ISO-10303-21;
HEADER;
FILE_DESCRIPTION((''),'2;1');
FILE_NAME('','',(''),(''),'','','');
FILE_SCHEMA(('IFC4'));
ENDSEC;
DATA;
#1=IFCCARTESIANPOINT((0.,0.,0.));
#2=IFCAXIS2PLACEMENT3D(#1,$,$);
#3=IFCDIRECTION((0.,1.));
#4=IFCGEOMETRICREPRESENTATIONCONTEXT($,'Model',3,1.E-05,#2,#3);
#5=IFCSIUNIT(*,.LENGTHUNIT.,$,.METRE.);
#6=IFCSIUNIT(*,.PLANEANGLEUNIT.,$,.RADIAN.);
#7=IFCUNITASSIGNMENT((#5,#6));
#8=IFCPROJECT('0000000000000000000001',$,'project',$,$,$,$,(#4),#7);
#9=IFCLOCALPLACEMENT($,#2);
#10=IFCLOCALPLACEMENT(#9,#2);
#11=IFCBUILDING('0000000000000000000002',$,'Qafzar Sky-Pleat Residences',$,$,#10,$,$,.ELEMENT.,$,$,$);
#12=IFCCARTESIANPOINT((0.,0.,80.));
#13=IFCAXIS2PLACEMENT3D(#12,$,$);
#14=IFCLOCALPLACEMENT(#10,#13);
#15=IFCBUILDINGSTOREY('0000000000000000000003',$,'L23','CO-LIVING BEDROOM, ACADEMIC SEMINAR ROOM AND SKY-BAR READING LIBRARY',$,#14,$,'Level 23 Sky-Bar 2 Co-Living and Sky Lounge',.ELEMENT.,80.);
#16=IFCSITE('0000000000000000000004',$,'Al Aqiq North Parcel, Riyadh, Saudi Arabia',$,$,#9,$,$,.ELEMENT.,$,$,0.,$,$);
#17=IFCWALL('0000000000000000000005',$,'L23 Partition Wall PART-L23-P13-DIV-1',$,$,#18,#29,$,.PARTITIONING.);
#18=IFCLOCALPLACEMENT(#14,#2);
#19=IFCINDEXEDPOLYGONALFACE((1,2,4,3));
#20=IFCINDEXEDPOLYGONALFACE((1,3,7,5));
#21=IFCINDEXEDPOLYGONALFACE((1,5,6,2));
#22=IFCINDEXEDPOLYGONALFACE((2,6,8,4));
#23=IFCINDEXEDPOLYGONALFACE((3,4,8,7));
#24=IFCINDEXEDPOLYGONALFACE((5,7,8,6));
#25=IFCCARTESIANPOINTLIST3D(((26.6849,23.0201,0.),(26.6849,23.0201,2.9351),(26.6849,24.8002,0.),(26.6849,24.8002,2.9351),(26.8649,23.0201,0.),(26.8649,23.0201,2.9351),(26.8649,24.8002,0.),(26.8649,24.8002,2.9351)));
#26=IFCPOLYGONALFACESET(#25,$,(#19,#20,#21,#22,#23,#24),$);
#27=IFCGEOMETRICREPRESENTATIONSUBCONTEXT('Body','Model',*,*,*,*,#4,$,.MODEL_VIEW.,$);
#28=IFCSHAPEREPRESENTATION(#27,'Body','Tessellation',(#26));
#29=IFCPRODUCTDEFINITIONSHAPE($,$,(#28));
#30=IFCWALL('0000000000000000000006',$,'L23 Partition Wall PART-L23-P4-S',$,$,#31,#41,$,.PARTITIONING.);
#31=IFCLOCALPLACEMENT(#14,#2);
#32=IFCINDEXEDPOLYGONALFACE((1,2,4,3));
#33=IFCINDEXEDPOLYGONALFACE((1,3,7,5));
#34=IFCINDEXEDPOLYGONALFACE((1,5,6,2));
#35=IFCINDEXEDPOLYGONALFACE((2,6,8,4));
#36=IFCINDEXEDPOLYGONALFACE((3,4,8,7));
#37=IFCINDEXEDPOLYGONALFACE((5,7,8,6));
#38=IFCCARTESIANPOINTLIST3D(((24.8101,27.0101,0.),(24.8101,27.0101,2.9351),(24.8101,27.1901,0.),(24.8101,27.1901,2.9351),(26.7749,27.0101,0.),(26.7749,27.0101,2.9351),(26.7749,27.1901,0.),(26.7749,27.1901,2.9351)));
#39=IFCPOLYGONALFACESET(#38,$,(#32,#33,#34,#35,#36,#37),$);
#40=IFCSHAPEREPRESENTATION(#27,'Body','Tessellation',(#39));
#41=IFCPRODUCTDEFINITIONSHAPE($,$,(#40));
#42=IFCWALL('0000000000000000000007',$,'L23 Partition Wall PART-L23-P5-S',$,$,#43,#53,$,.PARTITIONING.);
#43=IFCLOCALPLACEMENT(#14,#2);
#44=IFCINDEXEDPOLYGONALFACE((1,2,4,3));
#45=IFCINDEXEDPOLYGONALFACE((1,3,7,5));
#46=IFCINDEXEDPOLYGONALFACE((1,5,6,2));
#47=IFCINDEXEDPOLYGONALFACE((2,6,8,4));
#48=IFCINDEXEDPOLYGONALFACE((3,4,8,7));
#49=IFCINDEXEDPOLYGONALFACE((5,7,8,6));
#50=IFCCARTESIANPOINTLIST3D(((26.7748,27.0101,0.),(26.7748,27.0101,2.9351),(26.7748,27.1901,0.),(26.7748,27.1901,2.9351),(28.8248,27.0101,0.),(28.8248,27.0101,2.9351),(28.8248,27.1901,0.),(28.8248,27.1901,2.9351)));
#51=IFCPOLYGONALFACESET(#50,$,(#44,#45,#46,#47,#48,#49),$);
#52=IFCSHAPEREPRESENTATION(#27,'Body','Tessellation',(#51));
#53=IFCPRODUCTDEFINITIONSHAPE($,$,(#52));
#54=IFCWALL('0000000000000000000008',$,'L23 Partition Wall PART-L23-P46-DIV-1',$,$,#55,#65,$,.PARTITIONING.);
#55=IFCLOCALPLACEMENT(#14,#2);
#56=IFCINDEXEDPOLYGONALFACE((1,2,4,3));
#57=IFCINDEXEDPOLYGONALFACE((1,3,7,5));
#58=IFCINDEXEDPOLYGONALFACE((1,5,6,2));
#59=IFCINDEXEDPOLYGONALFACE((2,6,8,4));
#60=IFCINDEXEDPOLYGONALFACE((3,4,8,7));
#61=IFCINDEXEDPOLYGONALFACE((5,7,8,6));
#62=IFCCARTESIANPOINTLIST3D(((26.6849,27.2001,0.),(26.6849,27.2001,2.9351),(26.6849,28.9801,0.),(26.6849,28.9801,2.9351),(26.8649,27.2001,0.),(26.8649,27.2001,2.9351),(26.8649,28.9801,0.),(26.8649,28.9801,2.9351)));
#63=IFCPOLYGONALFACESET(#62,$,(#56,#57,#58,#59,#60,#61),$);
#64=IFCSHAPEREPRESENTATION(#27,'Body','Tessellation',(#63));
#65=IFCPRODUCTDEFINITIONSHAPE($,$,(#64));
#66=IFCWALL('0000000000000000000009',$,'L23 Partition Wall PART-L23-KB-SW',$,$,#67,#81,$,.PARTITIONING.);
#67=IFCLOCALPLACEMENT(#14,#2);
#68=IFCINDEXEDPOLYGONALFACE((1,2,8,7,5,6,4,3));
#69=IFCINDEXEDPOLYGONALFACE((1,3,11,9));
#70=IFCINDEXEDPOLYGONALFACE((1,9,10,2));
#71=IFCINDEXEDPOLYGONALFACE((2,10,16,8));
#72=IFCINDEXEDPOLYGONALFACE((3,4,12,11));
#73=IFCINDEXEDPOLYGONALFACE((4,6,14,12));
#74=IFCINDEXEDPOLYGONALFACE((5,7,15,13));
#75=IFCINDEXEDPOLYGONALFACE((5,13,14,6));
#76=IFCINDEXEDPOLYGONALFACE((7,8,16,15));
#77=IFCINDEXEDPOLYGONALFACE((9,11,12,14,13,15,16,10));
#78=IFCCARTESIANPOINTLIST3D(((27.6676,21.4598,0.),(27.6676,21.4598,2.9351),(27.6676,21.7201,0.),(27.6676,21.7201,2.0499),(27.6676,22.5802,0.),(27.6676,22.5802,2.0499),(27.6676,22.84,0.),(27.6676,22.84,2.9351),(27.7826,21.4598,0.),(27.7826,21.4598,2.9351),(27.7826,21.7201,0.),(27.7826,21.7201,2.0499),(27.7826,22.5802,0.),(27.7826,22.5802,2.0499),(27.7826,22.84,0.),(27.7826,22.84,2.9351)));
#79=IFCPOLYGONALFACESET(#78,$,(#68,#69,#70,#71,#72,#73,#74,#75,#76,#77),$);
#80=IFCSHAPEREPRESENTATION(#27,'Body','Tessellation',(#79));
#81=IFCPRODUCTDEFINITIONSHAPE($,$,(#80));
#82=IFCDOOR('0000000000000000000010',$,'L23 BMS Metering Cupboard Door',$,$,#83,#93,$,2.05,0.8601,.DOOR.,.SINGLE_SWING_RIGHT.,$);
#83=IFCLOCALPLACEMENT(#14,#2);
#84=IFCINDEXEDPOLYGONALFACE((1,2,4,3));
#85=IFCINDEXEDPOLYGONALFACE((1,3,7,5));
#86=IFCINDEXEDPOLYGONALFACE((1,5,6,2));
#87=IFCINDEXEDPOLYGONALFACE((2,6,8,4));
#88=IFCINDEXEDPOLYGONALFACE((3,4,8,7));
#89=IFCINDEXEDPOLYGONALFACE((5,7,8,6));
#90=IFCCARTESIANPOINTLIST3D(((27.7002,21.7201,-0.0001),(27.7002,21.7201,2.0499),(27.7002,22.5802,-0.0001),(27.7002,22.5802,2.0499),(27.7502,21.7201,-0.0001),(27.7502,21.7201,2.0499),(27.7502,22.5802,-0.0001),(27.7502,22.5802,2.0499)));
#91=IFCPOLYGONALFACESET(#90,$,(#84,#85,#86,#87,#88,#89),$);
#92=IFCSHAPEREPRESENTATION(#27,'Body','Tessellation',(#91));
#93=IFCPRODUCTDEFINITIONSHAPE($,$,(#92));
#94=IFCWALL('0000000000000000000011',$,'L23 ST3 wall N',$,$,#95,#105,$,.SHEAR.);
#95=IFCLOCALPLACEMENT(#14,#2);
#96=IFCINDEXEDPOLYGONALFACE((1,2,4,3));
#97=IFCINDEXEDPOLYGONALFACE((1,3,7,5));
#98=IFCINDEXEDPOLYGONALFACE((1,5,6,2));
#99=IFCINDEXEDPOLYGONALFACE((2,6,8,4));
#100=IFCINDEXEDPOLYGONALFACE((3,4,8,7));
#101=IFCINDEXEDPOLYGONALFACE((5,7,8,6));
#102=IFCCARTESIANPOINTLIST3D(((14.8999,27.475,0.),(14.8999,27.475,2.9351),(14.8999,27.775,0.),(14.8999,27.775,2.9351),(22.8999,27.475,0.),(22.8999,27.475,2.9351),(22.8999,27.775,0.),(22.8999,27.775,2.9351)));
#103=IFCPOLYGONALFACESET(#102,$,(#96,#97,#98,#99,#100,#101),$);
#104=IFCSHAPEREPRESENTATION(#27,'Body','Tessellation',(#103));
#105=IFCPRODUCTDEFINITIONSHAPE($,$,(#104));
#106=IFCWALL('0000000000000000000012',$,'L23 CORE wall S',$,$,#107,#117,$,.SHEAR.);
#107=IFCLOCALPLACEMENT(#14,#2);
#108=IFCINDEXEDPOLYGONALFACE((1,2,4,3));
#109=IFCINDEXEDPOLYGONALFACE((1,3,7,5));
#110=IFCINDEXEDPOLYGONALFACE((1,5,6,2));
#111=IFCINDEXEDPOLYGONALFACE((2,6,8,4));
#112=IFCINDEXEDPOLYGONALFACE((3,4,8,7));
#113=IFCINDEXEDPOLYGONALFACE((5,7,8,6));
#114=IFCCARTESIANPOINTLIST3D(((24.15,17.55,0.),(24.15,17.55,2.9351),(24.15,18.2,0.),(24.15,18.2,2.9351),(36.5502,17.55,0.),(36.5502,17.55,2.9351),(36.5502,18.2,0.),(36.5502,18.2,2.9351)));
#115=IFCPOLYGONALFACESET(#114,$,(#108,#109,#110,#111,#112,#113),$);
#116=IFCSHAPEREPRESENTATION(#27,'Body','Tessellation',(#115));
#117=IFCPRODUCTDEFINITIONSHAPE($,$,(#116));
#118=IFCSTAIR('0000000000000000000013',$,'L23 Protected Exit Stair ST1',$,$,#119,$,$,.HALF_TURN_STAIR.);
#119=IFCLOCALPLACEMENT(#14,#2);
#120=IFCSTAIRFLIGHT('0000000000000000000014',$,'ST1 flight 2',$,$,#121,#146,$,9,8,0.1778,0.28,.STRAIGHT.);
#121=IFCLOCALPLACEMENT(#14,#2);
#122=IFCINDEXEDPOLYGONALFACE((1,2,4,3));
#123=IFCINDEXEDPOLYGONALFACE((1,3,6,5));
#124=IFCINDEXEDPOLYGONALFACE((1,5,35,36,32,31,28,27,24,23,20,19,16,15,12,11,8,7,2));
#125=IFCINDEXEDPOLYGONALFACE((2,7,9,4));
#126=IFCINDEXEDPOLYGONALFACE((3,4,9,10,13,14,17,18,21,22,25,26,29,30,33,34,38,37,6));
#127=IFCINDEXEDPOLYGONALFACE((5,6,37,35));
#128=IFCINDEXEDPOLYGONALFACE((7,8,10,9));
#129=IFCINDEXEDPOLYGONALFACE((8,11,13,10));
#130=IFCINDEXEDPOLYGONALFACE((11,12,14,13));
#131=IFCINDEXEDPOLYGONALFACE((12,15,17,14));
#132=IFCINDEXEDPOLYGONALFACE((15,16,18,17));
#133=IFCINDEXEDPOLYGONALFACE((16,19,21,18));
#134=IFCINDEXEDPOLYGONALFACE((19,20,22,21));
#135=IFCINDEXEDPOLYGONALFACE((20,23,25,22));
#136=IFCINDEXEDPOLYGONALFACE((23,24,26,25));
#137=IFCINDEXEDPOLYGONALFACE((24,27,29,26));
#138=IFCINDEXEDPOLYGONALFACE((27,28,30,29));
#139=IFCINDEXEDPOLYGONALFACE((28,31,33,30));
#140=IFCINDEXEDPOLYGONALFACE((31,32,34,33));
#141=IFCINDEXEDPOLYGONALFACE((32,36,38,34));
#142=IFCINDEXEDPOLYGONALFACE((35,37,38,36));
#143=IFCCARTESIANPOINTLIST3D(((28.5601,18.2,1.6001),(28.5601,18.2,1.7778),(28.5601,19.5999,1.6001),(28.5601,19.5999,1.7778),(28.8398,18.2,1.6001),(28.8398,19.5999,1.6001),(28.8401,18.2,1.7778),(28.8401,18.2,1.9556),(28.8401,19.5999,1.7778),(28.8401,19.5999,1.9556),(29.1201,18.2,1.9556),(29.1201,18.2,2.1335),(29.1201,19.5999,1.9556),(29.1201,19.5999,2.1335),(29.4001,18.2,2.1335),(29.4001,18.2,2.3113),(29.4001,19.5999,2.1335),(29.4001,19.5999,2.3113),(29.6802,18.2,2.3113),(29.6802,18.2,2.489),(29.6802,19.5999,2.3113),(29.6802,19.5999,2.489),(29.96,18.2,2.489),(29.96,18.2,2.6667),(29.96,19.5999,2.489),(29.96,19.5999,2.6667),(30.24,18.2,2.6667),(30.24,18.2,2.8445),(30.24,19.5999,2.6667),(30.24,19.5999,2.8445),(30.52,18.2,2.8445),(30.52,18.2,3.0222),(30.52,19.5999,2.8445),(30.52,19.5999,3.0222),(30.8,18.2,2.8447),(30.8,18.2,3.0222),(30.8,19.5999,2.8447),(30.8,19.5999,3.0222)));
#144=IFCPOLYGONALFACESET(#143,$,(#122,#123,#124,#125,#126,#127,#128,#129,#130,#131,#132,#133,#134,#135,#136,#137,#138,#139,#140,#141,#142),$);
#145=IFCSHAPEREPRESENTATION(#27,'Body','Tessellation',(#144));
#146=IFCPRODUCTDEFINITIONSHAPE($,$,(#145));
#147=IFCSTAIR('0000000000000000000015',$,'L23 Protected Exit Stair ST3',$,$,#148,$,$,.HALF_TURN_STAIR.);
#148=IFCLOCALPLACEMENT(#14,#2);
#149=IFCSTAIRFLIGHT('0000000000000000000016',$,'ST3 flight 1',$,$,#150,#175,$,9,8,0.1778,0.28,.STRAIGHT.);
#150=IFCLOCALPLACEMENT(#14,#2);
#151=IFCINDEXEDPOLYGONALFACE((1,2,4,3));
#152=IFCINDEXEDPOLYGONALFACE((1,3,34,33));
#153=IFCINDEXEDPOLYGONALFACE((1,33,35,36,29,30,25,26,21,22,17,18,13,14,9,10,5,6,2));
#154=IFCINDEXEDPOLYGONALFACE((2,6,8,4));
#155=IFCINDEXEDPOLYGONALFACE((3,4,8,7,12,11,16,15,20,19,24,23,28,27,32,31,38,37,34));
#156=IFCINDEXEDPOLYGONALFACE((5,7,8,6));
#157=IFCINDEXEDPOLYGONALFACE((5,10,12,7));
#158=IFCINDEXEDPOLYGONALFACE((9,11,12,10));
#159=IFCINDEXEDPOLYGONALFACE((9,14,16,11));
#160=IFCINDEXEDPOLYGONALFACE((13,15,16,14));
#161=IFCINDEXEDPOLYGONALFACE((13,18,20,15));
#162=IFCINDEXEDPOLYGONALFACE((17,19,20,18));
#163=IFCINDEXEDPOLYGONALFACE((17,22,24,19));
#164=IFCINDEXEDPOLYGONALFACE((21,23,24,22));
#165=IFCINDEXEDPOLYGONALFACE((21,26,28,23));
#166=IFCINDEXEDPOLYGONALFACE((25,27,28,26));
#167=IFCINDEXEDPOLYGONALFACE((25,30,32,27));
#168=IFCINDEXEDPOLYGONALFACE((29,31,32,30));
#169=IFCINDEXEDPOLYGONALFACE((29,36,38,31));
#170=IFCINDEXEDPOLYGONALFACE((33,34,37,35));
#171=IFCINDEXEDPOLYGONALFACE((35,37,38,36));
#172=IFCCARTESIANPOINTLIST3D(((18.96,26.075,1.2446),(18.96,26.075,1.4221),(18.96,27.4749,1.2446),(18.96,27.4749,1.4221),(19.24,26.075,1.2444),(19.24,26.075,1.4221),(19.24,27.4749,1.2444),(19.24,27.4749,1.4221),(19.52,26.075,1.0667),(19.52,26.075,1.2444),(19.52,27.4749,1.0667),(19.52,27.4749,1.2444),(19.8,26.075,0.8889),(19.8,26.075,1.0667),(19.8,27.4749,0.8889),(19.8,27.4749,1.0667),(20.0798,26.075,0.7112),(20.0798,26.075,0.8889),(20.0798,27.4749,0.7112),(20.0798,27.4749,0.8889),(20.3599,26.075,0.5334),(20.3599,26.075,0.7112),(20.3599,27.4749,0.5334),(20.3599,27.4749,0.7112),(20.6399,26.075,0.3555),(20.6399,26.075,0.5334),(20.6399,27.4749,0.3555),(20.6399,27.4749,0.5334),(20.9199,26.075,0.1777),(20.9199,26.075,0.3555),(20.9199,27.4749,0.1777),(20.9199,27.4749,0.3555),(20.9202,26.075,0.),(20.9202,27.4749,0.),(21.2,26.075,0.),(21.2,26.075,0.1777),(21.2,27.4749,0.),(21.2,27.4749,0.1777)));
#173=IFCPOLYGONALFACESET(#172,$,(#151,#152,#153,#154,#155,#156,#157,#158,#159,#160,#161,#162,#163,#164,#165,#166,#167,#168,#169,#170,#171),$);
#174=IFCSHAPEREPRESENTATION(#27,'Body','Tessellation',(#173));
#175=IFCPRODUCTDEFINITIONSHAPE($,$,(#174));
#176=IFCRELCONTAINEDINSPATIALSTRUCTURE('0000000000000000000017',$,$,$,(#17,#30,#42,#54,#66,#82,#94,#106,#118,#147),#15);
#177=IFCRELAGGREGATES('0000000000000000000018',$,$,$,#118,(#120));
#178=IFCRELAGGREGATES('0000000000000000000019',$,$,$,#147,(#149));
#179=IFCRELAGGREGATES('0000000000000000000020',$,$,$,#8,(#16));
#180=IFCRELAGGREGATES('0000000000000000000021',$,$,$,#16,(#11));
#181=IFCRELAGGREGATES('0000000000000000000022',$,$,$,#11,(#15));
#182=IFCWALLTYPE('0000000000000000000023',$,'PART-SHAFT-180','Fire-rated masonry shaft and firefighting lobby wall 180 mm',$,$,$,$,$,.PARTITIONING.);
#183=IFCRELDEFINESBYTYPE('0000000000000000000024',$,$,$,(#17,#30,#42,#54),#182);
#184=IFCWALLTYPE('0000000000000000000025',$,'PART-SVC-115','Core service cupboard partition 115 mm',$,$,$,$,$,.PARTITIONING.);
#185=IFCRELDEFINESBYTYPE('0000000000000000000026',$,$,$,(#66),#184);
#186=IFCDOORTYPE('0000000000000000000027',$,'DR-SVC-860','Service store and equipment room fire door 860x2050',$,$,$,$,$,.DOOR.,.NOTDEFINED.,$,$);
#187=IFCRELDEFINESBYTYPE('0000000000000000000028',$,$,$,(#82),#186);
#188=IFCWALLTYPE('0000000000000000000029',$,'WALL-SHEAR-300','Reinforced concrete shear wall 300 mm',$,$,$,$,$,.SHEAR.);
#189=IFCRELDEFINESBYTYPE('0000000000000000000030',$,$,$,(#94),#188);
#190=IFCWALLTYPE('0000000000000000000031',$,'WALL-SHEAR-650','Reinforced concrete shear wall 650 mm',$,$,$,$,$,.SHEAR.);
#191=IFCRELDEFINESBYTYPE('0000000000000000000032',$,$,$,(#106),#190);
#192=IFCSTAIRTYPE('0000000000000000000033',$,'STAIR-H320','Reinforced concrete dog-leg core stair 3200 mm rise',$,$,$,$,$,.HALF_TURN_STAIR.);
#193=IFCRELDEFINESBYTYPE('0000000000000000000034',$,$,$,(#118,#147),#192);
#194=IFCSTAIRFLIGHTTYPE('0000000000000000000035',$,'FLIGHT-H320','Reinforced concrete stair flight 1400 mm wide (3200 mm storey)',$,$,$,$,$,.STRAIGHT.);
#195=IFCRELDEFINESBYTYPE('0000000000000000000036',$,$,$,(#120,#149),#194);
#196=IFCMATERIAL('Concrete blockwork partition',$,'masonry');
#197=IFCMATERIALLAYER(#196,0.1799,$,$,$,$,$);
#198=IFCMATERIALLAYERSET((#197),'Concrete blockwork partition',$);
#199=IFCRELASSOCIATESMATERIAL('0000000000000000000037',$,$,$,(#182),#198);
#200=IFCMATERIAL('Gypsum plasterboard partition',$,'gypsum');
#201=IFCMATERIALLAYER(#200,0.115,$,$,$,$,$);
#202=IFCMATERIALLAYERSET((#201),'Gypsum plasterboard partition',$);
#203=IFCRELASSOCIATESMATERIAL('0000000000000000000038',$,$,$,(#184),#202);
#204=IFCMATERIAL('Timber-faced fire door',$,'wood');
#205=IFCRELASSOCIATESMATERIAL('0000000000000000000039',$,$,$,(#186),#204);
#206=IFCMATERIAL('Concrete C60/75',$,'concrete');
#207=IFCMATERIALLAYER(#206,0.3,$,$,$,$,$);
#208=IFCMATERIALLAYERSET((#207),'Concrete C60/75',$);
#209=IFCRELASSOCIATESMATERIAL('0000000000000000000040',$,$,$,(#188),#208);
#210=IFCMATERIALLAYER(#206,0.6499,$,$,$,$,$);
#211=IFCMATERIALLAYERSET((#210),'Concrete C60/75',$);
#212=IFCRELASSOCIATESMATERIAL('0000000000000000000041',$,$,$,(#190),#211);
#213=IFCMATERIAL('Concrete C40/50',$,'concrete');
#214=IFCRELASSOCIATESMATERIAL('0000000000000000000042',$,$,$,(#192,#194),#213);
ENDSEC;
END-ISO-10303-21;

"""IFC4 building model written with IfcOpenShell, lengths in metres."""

from ifc_helpers import new_model, si_unit, direction, frame, frame_2d, origin, place, context, subcontext, project, spatial, polyline, rectangle, outline, extrude, source, transform, mapped, material, layer, layer_set, type_object, element, fill, aggregate, save


model = new_model("IFC4")

# Units and contexts
model_context = context("Model", 3, precision=1e-05, world=origin(), true_north=direction((0.0, 1.0)))
body_context = subcontext(model_context, "Body", "Model", "MODEL_VIEW")
ifc_project = project(units=[si_unit("LENGTHUNIT", "METRE"), si_unit("PLANEANGLEUNIT", "RADIAN")], contexts=[model_context])

# Site, building, storey
site_placement = place(None, origin())
site = spatial("IfcSite", under=ifc_project, at=site_placement, Name="Al Aqiq North Parcel, Riyadh, Saudi Arabia", CompositionType="ELEMENT", RefElevation=0.0)
building_placement = place(site_placement, origin())
building = spatial("IfcBuilding", under=site, at=building_placement, Name="Qafzar Sky-Pleat Residences", CompositionType="ELEMENT")
storey_placement = place(building_placement, frame((0.0, 0.0, 80.0)))
storey = spatial("IfcBuildingStorey", under=building, at=storey_placement, Name="L23", Description="CO-LIVING BEDROOM, ACADEMIC SEMINAR ROOM AND SKY-BAR READING LIBRARY", LongName="Level 23 Sky-Bar 2 Co-Living and Sky Lounge", CompositionType="ELEMENT", Elevation=80.0)

# Shared definitions
ifc_material_1 = material(Name="Timber-faced fire door", Category="wood")

# Shared definitions
ifc_material_2 = material(Name="Concrete blockwork partition", Category="masonry")
ifc_layer_1 = layer(ifc_material_2, 0.1799)
ifc_layer_set_1 = layer_set([ifc_layer_1], Name="Concrete blockwork partition")
wall_type_1 = type_object("IfcWallType", Name="PART-SHAFT-180", Description="Fire-rated masonry shaft and firefighting lobby wall 180 mm", PredefinedType="PARTITIONING", material=ifc_layer_set_1)

# Walls
wall_1_placement = place(storey_placement, frame((26.7749, 23.02, 0.0), z_axis=(0.0, 0.0, 1.0), x_axis=(0.0, 1.0, 0.0)))
element("IfcWall", 1, at=wall_1_placement, inside=storey, type_object=wall_type_1, Name="L23 Partition Wall PART-L23-P13-DIV-1", PredefinedType="PARTITIONING", context=body_context, shape_type="SweptSolid", body=[
    extrude(rectangle(XDim=1.78, YDim=0.1799, at=frame_2d((0.8901, 0.0))), origin(), (0.0, 0.0, 1.0), 2.9351),
])
wall_2_placement = place(storey_placement, frame((24.8101, 27.1001, 0.0), z_axis=(0.0, 0.0, 1.0), x_axis=(1.0, 0.0, 0.0)))
element("IfcWall", 2, at=wall_2_placement, inside=storey, type_object=wall_type_1, Name="L23 Partition Wall PART-L23-P4-S", PredefinedType="PARTITIONING", context=body_context, shape_type="SweptSolid", body=[
    extrude(rectangle(XDim=1.9648, YDim=0.1799, at=frame_2d((0.9824, 0.0))), origin(), (0.0, 0.0, 1.0), 2.9351),
])
wall_3_placement = place(storey_placement, frame((26.7749, 27.1001, 0.0), z_axis=(0.0, 0.0, 1.0), x_axis=(1.0, 0.0, 0.0)))
element("IfcWall", 3, at=wall_3_placement, inside=storey, type_object=wall_type_1, Name="L23 Partition Wall PART-L23-P5-S", PredefinedType="PARTITIONING", context=body_context, shape_type="SweptSolid", body=[
    extrude(rectangle(XDim=2.05, YDim=0.1799, at=frame_2d((1.0249, 0.0))), origin(), (0.0, 0.0, 1.0), 2.9351),
])
wall_4_placement = place(storey_placement, frame((26.7749, 27.2, 0.0), z_axis=(0.0, 0.0, 1.0), x_axis=(0.0, 1.0, 0.0)))
element("IfcWall", 4, at=wall_4_placement, inside=storey, type_object=wall_type_1, Name="L23 Partition Wall PART-L23-P46-DIV-1", PredefinedType="PARTITIONING", context=body_context, shape_type="SweptSolid", body=[
    extrude(rectangle(XDim=1.78, YDim=0.1799, at=frame_2d((0.8901, 0.0))), origin(), (0.0, 0.0, 1.0), 2.9351),
])

# Wall, opening, door
ifc_material_3 = material(Name="Gypsum plasterboard partition", Category="gypsum")
ifc_layer_2 = layer(ifc_material_3, 0.115)
ifc_layer_set_2 = layer_set([ifc_layer_2], Name="Gypsum plasterboard partition")
wall_type_2 = type_object("IfcWallType", Name="PART-SVC-115", Description="Core service cupboard partition 115 mm", PredefinedType="PARTITIONING", material=ifc_layer_set_2)
wall_5_placement = place(storey_placement, frame((27.7251, 21.46, 0.0), z_axis=(0.0, 0.0, 1.0), x_axis=(0.0, 1.0, 0.0)))
wall_5 = element("IfcWall", 5, at=wall_5_placement, inside=storey, type_object=wall_type_2, Name="L23 Partition Wall PART-L23-KB-SW", PredefinedType="PARTITIONING", context=body_context, shape_type="SweptSolid", body=[
    extrude(rectangle(XDim=1.3801, YDim=0.115, at=frame_2d((0.6899, 0.0))), origin(), (0.0, 0.0, 1.0), 2.9351),
])
opening_1_placement = place(wall_5_placement, frame((0.26, 0.0, 0.0)))
opening_1 = element("IfcOpeningElement", 6, at=opening_1_placement, cuts=wall_5, PredefinedType="OPENING", context=body_context, shape_type="SweptSolid", body=[
    extrude(rectangle(XDim=0.8601, YDim=2.05, at=frame_2d((0.4302, 1.0249))), frame((0.0, 0.0674, 0.0), z_axis=(0.0, -1.0, 0.0), x_axis=(1.0, 0.0, 0.0)), (0.0, 0.0, 1.0), 0.135),
])
door_type_1 = type_object("IfcDoorType", Name="DR-SVC-860", Description="Service store and equipment room fire door 860x2050", OperationType="NOTDEFINED", PredefinedType="DOOR", material=ifc_material_1)
shared_shape_1 = source(origin(), body_context, "Body", "SweptSolid", [
    extrude(rectangle(XDim=0.8601, YDim=2.05, at=frame_2d((0.4302, 1.0249))), frame((0.0, 0.0249, 0.0), z_axis=(0.0, -1.0, 0.0), x_axis=(1.0, 0.0, 0.0)), (0.0, 0.0, 1.0), 0.05),
])
door_1_placement = place(opening_1_placement, origin())
door_1 = element("IfcDoor", 7, at=door_1_placement, inside=storey, type_object=door_type_1, Name="L23 BMS Metering Cupboard Door", OperationType="SINGLE_SWING_RIGHT", OverallHeight=2.05, OverallWidth=0.8601, PredefinedType="DOOR", context=body_context, shape_type="MappedRepresentation", body=[
    mapped(shared_shape_1, transform((0.0, 0.0, 0.0), x_axis=(1.0, 0.0, 0.0), y_axis=(0.0, 1.0, 0.0), z_axis=(0.0, 0.0, 1.0), scale=1.0)),
])
fill(opening_1, door_1)

# Shared definitions
ifc_material_4 = material(Name="Concrete C60/75", Category="concrete")
ifc_layer_3 = layer(ifc_material_4, 0.3)
ifc_layer_set_3 = layer_set([ifc_layer_3], Name="Concrete C60/75")
wall_type_3 = type_object("IfcWallType", Name="WALL-SHEAR-300", Description="Reinforced concrete shear wall 300 mm", PredefinedType="SHEAR", material=ifc_layer_set_3)

# Wall
wall_6_placement = place(storey_placement, frame((22.8999, 27.625, 0.0), z_axis=(0.0, 0.0, 1.0), x_axis=(-1.0, 0.0, 0.0)))
element("IfcWall", 8, at=wall_6_placement, inside=storey, type_object=wall_type_3, Name="L23 ST3 wall N", PredefinedType="SHEAR", context=body_context, shape_type="SweptSolid", body=[
    extrude(rectangle(XDim=8.0, YDim=0.3, at=frame_2d((4.0, 0.0))), origin(), (0.0, 0.0, 1.0), 2.9351),
])

# Wall
ifc_layer_4 = layer(ifc_material_4, 0.6499)
ifc_layer_set_4 = layer_set([ifc_layer_4], Name="Concrete C60/75")
wall_type_4 = type_object("IfcWallType", Name="WALL-SHEAR-650", Description="Reinforced concrete shear wall 650 mm", PredefinedType="SHEAR", material=ifc_layer_set_4)
wall_7_placement = place(storey_placement, frame((24.1499, 17.875, 0.0), z_axis=(0.0, 0.0, 1.0), x_axis=(1.0, 0.0, 0.0)))
element("IfcWall", 9, at=wall_7_placement, inside=storey, type_object=wall_type_4, Name="L23 CORE wall S", PredefinedType="SHEAR", context=body_context, shape_type="SweptSolid", body=[
    extrude(rectangle(XDim=12.4001, YDim=0.6499, at=frame_2d((6.2002, 0.0))), origin(), (0.0, 0.0, 1.0), 2.9351),
])

# Stairs, stair flights
ifc_material_5 = material(Name="Concrete C40/50", Category="concrete")
stair_type = type_object("IfcStairType", Name="STAIR-H320", Description="Reinforced concrete dog-leg core stair 3200 mm rise", PredefinedType="HALF_TURN_STAIR", material=ifc_material_5)
stair_1_placement = place(storey_placement, origin())
stair_1 = element("IfcStair", 10, at=stair_1_placement, inside=storey, type_object=stair_type, Name="L23 Protected Exit Stair ST1", PredefinedType="HALF_TURN_STAIR")
stair_flight_type = type_object("IfcStairFlightType", Name="FLIGHT-H320", Description="Reinforced concrete stair flight 1400 mm wide (3200 mm storey)", PredefinedType="STRAIGHT", material=ifc_material_5)
shared_shape_2 = source(origin(), body_context, "Body", "SweptSolid", [
    extrude(outline(polyline([(0.0, 0.0), (0.0, 0.1777), (0.28, 0.1777), (0.28, 0.3555), (0.5601, 0.3555), (0.5601, 0.5334), (0.8401, 0.5334), (0.8401, 0.7112), (1.1201, 0.7112), (1.1201, 0.8889), (1.3999, 0.8889), (1.3999, 1.0667), (1.6799, 1.0667), (1.6799, 1.2444), (1.96, 1.2444), (1.96, 1.4221), (2.24, 1.4221), (2.24, 1.6001), (2.24, 1.2446), (0.2798, 0.0), (0.0, 0.0)])), frame((0.0, 0.7, 0.0), z_axis=(0.0, -1.0, 0.0), x_axis=(1.0, 0.0, 0.0)), (0.0, 0.0, 1.0), 1.3999),
])
stair_flight_1_placement = place(storey_placement, frame((28.5601, 18.8999, 1.6001), z_axis=(0.0, 0.0, 1.0), x_axis=(1.0, 0.0, 0.0)))
stair_flight_1 = element("IfcStairFlight", 11, at=stair_flight_1_placement, type_object=stair_flight_type, Name="ST1 flight 2", NumberOfRisers=9, NumberOfTreads=8, PredefinedType="STRAIGHT", RiserHeight=0.1778, TreadLength=0.28, context=body_context, shape_type="MappedRepresentation", body=[
    mapped(shared_shape_2, transform((0.0, 0.0, 0.0), x_axis=(1.0, 0.0, 0.0), y_axis=(0.0, 1.0, 0.0), z_axis=(0.0, 0.0, 1.0), scale=1.0)),
])
aggregate(stair_1, [stair_flight_1])
stair_2_placement = place(storey_placement, origin())
stair_2 = element("IfcStair", 12, at=stair_2_placement, inside=storey, type_object=stair_type, Name="L23 Protected Exit Stair ST3", PredefinedType="HALF_TURN_STAIR")
stair_flight_2_placement = place(storey_placement, frame((21.2, 26.7749, 0.0), z_axis=(0.0, 0.0, 1.0), x_axis=(-1.0, 0.0, 0.0)))
stair_flight_2 = element("IfcStairFlight", 13, at=stair_flight_2_placement, type_object=stair_flight_type, Name="ST3 flight 1", NumberOfRisers=9, NumberOfTreads=8, PredefinedType="STRAIGHT", RiserHeight=0.1778, TreadLength=0.28, context=body_context, shape_type="MappedRepresentation", body=[
    mapped(shared_shape_2, transform((0.0, 0.0, 0.0), x_axis=(1.0, 0.0, 0.0), y_axis=(0.0, 1.0, 0.0), z_axis=(0.0, 0.0, 1.0), scale=1.0)),
])
aggregate(stair_2, [stair_flight_2])

save(model, "model.ifc")
